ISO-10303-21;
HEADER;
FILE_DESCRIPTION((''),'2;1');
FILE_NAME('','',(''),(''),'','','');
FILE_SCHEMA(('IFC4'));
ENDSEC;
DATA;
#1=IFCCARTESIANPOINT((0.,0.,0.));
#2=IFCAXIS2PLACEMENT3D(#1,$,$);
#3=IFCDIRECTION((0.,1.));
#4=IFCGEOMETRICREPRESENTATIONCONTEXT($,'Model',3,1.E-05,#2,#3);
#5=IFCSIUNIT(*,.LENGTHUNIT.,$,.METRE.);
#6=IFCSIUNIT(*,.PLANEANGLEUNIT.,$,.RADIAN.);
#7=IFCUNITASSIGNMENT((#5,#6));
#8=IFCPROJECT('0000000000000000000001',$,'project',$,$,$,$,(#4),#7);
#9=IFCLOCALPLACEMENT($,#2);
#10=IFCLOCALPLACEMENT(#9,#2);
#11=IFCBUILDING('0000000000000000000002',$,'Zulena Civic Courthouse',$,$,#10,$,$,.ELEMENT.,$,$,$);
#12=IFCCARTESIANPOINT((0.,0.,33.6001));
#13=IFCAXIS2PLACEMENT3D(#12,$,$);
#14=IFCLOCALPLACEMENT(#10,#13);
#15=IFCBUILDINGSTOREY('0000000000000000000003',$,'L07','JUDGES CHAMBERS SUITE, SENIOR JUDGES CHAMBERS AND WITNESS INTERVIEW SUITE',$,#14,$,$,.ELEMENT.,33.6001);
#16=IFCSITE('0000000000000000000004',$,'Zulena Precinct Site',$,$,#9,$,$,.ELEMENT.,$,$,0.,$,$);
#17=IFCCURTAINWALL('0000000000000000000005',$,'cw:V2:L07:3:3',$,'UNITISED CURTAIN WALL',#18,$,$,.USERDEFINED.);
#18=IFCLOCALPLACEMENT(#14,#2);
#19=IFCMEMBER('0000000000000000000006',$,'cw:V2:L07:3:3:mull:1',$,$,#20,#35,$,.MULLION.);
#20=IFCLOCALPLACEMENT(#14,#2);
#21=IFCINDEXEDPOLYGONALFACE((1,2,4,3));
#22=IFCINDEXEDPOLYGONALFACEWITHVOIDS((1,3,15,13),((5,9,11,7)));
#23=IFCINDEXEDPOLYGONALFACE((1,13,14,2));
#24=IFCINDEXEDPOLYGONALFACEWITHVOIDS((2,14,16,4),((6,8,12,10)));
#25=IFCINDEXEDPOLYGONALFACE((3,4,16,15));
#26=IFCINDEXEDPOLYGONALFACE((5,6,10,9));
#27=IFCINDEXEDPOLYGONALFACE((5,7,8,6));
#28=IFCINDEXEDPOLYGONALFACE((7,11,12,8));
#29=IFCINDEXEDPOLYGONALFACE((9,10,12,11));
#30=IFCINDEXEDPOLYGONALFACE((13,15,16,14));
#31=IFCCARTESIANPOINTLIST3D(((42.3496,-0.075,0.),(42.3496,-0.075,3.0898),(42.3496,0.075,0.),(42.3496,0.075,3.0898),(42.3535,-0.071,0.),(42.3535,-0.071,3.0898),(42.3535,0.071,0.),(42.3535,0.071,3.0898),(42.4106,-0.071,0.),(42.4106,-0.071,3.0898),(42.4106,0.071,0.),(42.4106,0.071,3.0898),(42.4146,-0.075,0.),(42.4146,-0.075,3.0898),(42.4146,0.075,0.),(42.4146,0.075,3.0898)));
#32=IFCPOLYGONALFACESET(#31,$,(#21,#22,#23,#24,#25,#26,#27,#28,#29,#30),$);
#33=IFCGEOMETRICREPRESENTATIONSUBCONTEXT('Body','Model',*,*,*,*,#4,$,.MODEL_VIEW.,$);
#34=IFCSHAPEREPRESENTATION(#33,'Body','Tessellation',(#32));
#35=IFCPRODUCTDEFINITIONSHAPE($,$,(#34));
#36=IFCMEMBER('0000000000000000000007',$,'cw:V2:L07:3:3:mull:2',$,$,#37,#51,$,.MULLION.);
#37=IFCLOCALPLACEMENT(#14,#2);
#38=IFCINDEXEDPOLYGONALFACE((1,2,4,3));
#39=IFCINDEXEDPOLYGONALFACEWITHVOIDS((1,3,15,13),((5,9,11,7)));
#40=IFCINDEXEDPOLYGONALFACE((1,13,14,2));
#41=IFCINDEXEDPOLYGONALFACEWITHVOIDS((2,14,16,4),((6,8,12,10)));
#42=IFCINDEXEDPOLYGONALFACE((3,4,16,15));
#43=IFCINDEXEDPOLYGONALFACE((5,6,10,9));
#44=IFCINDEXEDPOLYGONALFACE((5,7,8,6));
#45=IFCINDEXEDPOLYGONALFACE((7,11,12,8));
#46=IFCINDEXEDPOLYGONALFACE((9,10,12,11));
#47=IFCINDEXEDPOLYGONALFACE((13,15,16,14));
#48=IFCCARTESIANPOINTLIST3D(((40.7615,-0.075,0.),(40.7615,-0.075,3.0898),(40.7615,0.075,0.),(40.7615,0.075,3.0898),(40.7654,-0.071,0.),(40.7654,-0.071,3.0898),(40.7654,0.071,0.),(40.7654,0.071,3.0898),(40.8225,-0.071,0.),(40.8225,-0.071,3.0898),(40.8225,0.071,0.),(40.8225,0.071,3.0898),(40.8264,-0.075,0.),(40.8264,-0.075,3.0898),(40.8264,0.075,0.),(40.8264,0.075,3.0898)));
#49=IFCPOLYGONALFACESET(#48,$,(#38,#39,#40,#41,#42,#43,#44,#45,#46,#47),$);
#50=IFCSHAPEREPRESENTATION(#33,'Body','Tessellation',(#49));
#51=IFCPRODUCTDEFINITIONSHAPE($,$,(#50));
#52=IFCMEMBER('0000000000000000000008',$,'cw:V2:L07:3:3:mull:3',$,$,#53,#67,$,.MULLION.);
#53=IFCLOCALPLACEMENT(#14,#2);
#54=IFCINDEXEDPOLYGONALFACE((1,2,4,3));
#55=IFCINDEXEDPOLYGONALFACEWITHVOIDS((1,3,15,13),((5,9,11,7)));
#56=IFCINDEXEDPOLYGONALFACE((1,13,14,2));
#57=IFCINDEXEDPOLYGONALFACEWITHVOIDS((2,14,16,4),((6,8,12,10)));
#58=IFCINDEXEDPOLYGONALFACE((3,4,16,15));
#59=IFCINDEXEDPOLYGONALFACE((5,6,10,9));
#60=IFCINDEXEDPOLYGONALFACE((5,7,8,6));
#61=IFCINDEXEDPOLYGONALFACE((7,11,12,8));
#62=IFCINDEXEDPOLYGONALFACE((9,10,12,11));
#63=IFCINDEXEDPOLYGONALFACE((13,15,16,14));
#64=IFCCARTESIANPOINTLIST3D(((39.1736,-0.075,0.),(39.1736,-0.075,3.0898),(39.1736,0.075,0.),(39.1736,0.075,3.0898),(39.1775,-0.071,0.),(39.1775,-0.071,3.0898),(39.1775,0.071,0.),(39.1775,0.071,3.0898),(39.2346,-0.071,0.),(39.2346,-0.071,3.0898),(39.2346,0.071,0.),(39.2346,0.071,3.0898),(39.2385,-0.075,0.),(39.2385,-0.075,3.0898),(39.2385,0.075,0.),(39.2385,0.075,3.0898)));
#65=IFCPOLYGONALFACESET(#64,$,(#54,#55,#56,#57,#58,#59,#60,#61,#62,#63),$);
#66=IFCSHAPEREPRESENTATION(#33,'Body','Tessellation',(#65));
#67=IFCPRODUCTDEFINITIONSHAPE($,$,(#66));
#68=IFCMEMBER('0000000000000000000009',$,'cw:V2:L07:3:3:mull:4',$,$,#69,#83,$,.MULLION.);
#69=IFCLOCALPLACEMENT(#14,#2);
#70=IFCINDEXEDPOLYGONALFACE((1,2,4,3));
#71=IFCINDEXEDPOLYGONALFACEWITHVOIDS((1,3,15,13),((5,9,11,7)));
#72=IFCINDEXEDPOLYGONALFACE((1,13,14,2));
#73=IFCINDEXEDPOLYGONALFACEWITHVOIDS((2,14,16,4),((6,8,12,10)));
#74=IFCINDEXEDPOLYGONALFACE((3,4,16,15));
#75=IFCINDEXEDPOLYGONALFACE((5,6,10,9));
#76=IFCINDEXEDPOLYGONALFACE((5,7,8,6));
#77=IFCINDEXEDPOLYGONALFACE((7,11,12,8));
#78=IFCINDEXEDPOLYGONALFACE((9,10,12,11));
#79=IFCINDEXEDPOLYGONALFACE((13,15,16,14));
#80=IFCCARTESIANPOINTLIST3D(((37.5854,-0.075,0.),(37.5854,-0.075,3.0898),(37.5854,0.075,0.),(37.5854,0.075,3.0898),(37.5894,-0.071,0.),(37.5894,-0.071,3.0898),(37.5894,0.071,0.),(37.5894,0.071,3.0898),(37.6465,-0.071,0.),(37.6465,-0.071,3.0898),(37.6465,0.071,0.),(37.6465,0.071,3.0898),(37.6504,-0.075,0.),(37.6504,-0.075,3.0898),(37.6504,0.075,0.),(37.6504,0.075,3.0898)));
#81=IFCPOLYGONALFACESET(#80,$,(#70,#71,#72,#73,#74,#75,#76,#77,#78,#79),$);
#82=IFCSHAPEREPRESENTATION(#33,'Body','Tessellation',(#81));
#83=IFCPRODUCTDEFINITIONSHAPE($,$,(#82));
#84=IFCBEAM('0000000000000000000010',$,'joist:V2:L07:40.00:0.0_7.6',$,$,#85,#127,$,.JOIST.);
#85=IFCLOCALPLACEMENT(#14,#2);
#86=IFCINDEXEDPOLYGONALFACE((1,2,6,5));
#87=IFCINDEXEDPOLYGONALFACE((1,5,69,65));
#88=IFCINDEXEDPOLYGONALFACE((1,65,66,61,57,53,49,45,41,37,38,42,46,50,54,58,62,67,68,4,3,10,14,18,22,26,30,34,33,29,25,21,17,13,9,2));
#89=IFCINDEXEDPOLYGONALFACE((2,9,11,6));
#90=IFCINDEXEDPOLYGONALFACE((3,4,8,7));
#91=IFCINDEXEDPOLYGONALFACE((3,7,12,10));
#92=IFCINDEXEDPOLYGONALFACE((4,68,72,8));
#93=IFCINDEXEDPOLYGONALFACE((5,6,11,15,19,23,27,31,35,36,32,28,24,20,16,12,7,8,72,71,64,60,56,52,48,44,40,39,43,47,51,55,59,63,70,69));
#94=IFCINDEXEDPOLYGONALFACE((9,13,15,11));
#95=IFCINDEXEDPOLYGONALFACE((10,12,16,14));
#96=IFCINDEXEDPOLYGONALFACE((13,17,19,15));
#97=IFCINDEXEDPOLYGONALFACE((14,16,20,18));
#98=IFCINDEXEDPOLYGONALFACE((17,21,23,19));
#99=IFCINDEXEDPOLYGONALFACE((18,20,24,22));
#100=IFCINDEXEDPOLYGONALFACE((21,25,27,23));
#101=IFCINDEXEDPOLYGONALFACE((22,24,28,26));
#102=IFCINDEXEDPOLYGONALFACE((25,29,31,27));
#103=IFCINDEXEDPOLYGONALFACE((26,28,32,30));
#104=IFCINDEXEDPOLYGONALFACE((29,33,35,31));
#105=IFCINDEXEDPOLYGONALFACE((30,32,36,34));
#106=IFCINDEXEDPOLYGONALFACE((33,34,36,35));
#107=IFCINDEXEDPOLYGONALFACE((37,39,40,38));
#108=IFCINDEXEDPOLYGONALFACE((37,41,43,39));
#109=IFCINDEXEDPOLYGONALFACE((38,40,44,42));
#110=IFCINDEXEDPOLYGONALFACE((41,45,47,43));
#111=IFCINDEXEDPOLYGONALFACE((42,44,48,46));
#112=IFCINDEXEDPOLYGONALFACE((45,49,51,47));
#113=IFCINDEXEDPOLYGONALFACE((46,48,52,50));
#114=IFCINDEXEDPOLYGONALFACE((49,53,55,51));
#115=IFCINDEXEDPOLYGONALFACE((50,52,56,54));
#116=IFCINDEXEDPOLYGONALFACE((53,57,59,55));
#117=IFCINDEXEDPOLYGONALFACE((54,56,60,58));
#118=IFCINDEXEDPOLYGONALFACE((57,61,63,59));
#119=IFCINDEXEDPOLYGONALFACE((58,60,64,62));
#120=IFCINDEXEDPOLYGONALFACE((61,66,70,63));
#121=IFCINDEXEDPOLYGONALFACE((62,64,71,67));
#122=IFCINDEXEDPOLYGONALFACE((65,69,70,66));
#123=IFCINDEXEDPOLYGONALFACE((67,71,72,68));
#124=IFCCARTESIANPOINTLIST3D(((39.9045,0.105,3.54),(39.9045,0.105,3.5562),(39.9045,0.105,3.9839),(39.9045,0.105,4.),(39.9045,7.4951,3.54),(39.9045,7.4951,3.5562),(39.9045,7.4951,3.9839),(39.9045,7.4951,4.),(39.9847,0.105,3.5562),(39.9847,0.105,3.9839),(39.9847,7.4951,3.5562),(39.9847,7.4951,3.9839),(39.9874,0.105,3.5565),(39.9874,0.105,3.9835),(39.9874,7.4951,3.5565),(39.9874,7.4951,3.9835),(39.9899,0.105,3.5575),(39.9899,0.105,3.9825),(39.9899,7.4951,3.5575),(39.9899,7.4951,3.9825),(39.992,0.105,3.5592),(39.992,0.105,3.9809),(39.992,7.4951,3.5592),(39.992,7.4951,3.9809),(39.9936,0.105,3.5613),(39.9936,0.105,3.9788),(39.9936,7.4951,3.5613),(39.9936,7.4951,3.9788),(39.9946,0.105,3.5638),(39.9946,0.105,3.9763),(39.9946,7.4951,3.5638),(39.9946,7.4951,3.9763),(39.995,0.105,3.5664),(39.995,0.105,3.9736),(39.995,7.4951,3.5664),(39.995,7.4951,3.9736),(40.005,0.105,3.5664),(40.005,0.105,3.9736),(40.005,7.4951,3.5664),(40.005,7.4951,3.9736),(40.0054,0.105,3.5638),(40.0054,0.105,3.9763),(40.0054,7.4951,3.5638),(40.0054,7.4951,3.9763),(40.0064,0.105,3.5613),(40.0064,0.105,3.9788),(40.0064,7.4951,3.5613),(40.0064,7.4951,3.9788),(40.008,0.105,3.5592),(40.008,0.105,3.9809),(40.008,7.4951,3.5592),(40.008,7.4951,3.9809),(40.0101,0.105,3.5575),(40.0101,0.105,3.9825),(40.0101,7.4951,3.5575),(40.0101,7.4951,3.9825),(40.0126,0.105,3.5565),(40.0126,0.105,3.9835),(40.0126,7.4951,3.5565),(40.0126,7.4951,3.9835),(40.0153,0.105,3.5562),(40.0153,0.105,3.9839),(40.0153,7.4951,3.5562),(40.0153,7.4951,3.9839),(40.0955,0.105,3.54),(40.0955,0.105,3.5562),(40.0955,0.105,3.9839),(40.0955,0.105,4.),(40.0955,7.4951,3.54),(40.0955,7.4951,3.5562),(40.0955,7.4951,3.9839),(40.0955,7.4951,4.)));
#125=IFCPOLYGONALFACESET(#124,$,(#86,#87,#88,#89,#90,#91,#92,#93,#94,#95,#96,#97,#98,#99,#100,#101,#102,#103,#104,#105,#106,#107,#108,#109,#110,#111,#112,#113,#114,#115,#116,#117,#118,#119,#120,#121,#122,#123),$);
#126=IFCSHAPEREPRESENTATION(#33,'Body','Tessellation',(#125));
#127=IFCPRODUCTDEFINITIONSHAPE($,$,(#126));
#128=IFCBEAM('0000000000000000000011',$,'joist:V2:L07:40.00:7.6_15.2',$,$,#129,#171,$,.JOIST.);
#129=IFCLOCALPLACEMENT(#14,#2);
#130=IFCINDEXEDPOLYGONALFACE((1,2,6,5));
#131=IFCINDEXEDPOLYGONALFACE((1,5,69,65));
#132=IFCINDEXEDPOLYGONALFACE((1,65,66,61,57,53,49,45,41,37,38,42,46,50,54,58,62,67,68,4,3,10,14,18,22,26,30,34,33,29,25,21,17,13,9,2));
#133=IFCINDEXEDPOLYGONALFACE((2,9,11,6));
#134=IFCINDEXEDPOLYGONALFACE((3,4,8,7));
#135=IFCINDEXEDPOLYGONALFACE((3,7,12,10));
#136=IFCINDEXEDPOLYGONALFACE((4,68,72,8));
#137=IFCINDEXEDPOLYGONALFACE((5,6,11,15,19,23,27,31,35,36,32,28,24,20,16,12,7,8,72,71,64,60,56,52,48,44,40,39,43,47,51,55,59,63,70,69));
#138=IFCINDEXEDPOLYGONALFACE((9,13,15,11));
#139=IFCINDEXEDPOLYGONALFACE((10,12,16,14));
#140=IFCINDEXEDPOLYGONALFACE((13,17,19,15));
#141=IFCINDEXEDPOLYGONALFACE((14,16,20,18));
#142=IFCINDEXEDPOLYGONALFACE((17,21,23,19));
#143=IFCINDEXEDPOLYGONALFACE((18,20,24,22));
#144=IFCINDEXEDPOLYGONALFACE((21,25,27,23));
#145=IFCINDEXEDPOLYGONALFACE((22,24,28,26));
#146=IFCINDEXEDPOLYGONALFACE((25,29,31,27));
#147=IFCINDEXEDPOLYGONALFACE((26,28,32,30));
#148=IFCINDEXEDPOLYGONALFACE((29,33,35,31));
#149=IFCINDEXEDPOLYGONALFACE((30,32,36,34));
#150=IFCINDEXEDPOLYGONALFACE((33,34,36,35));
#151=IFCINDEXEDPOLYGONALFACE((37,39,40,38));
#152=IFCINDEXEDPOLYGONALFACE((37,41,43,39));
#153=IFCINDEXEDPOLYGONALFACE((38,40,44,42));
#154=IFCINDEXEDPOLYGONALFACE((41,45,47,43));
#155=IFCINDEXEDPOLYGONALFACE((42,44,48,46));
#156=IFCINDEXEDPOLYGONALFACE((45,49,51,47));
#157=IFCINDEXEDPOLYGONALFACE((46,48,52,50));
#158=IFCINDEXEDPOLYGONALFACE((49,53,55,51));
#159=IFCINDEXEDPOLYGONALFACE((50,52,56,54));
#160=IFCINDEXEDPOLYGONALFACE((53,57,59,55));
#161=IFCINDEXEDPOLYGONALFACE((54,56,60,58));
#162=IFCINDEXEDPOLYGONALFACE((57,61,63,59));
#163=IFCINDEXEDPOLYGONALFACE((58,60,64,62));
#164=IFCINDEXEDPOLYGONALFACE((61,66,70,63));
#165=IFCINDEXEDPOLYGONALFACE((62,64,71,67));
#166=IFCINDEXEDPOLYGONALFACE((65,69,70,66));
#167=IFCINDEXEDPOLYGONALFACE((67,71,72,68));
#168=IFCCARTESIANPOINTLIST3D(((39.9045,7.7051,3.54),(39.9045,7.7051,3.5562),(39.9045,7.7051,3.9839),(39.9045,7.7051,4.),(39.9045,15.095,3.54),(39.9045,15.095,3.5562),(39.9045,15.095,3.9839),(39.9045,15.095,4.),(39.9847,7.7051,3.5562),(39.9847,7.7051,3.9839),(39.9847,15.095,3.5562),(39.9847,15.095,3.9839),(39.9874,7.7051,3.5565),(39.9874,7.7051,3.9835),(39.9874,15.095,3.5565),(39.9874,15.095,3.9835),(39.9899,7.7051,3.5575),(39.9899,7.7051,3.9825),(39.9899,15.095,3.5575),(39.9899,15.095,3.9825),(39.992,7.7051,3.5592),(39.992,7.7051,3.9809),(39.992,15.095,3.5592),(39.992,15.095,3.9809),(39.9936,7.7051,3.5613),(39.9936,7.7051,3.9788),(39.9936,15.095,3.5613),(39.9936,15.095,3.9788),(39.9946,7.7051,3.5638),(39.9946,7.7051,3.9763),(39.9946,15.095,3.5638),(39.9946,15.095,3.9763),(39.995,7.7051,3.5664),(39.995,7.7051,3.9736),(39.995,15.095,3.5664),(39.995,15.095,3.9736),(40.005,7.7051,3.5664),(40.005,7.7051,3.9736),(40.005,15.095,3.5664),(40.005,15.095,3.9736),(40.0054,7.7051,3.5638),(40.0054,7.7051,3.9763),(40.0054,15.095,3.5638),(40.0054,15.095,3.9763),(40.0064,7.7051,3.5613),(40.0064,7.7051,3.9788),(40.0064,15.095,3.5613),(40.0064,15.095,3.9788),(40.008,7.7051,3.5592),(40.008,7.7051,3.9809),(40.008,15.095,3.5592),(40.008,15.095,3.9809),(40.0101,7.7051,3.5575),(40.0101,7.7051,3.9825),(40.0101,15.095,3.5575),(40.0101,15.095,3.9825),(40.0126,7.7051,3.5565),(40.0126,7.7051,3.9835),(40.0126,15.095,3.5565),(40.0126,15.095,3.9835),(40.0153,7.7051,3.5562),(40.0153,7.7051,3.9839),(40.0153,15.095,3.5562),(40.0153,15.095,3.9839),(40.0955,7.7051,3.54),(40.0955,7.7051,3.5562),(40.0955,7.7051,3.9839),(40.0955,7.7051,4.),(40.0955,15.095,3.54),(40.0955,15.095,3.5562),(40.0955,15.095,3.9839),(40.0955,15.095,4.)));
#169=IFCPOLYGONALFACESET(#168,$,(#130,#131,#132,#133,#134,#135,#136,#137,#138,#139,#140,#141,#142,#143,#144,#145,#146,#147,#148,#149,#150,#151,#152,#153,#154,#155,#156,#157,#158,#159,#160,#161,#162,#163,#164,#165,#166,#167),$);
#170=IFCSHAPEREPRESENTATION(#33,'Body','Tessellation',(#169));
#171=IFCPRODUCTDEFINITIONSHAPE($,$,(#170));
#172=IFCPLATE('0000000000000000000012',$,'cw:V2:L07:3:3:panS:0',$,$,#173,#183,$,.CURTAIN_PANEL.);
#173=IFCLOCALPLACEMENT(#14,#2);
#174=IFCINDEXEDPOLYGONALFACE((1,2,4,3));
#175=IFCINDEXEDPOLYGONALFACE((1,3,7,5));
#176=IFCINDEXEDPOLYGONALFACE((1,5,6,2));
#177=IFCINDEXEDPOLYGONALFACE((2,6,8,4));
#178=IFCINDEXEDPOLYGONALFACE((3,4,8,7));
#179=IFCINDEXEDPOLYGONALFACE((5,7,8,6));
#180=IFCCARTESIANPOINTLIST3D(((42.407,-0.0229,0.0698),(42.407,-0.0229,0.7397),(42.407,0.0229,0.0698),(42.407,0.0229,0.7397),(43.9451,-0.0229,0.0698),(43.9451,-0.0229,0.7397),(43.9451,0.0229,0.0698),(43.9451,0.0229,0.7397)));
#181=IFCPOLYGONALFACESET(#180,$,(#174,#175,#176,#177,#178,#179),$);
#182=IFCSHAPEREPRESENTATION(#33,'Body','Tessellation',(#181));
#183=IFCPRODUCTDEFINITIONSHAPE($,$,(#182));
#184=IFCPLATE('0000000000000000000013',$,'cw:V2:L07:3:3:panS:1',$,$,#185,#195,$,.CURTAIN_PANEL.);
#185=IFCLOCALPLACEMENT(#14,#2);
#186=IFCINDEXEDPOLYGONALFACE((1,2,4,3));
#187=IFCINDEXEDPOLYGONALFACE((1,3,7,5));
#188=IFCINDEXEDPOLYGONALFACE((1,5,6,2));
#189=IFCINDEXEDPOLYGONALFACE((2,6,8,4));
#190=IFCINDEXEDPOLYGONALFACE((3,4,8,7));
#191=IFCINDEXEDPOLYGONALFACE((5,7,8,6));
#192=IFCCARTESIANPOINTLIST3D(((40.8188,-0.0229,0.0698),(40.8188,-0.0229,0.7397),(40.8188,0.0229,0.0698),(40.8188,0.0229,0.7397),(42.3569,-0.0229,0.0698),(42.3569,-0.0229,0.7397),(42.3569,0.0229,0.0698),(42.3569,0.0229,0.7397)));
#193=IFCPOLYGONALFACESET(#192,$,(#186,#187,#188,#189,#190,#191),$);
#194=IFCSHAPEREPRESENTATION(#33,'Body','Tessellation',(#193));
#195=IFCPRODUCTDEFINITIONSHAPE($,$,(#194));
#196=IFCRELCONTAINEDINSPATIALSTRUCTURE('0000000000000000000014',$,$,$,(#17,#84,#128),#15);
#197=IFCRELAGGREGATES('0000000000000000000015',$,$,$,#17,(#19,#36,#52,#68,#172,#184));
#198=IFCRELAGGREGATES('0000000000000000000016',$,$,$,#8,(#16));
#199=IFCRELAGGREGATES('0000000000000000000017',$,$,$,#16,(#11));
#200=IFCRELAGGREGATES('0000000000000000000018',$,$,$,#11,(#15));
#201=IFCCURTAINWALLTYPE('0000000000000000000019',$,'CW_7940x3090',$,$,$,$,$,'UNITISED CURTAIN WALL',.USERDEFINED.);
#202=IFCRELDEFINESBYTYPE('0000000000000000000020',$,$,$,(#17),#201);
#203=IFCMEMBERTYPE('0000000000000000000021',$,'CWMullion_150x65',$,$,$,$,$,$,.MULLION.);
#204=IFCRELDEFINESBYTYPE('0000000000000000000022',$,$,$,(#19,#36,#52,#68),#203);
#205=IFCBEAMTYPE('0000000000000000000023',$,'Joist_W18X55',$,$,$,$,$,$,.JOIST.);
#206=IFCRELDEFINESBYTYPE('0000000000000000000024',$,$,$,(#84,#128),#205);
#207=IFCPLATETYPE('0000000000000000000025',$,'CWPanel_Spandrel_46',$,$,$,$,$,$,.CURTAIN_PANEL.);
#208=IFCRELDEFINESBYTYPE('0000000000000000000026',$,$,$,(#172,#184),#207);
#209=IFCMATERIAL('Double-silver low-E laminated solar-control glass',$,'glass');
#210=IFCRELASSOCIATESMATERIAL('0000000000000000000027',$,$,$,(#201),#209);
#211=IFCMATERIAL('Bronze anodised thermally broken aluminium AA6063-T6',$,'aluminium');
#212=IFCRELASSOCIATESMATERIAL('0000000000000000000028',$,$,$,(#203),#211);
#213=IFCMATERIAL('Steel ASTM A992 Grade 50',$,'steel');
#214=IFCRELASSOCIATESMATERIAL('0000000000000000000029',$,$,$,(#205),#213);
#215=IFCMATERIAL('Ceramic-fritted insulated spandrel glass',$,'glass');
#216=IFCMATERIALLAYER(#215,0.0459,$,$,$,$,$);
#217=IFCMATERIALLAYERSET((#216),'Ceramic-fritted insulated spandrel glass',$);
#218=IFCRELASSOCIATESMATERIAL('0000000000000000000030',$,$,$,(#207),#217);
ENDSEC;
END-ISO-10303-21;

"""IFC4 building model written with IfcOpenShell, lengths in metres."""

from ifc_helpers import new_model, si_unit, direction, frame, origin, origin_2d, place, context, subcontext, project, spatial, rectangle, hollow_rectangle, i_section, extrude, material, layer, layer_set, material_profile, profile_set, type_object, element, aggregate, save


model = new_model("IFC4")

# Units and contexts
model_context = context("Model", 3, precision=1e-05, world=origin(), true_north=direction((0.0, 1.0)))
body_context = subcontext(model_context, "Body", "Model", "MODEL_VIEW")
ifc_project = project(units=[si_unit("LENGTHUNIT", "METRE"), si_unit("PLANEANGLEUNIT", "RADIAN")], contexts=[model_context])

# Site, building, storey
site_placement = place(None, origin())
site = spatial("IfcSite", under=ifc_project, at=site_placement, Name="Zulena Precinct Site", CompositionType="ELEMENT", RefElevation=0.0)
building_placement = place(site_placement, origin())
building = spatial("IfcBuilding", under=site, at=building_placement, Name="Zulena Civic Courthouse", CompositionType="ELEMENT")
storey_placement = place(building_placement, frame((0.0, 0.0, 33.6001)))
storey = spatial("IfcBuildingStorey", under=building, at=storey_placement, Name="L07", Description="JUDGES CHAMBERS SUITE, SENIOR JUDGES CHAMBERS AND WITNESS INTERVIEW SUITE", CompositionType="ELEMENT", Elevation=33.6001)

# Curtain wall, members
ifc_material_1 = material(Name="Double-silver low-E laminated solar-control glass", Category="glass")
curtain_wall_type = type_object("IfcCurtainWallType", Name="CW_7940x3090", ElementType="UNITISED CURTAIN WALL", PredefinedType="USERDEFINED", material=ifc_material_1)
curtain_wall_placement = place(storey_placement, origin())
curtain_wall = element("IfcCurtainWall", 1, at=curtain_wall_placement, inside=storey, type_object=curtain_wall_type, Name="cw:V2:L07:3:3", ObjectType="UNITISED CURTAIN WALL", PredefinedType="USERDEFINED")
ifc_material_2 = material(Name="Bronze anodised thermally broken aluminium AA6063-T6", Category="aluminium")
ifc_material_profile_1 = material_profile(ifc_material_2, hollow_rectangle(XDim=0.0649, YDim=0.1499, WallThickness=0.0039, at=origin_2d()), Name="CWM150X65X4")
ifc_profile_set_1 = profile_set([ifc_material_profile_1], Name="Bronze anodised thermally broken aluminium AA6063-T6")
member_type = type_object("IfcMemberType", Name="CWMullion_150x65", PredefinedType="MULLION", material=ifc_profile_set_1)
member_1_placement = place(storey_placement, frame((42.3821, 0.0, 0.0), z_axis=(0.0, 0.0, 1.0), x_axis=(1.0, 0.0, 0.0)))
member_1 = element("IfcMember", 2, at=member_1_placement, type_object=member_type, Name="cw:V2:L07:3:3:mull:1", PredefinedType="MULLION", context=body_context, shape_type="SweptSolid", body=[
    extrude(hollow_rectangle(XDim=0.0649, YDim=0.1499, WallThickness=0.0039, at=origin_2d()), origin(), (0.0, 0.0, 1.0), 3.0898),
])
member_2_placement = place(storey_placement, frame((40.7939, 0.0, 0.0), z_axis=(0.0, 0.0, 1.0), x_axis=(1.0, 0.0, 0.0)))
member_2 = element("IfcMember", 3, at=member_2_placement, type_object=member_type, Name="cw:V2:L07:3:3:mull:2", PredefinedType="MULLION", context=body_context, shape_type="SweptSolid", body=[
    extrude(hollow_rectangle(XDim=0.0649, YDim=0.1499, WallThickness=0.0039, at=origin_2d()), origin(), (0.0, 0.0, 1.0), 3.0898),
])
member_3_placement = place(storey_placement, frame((39.2061, 0.0, 0.0), z_axis=(0.0, 0.0, 1.0), x_axis=(1.0, 0.0, 0.0)))
member_3 = element("IfcMember", 4, at=member_3_placement, type_object=member_type, Name="cw:V2:L07:3:3:mull:3", PredefinedType="MULLION", context=body_context, shape_type="SweptSolid", body=[
    extrude(hollow_rectangle(XDim=0.0649, YDim=0.1499, WallThickness=0.0039, at=origin_2d()), origin(), (0.0, 0.0, 1.0), 3.0898),
])
member_4_placement = place(storey_placement, frame((37.6179, 0.0, 0.0), z_axis=(0.0, 0.0, 1.0), x_axis=(1.0, 0.0, 0.0)))
member_4 = element("IfcMember", 5, at=member_4_placement, type_object=member_type, Name="cw:V2:L07:3:3:mull:4", PredefinedType="MULLION", context=body_context, shape_type="SweptSolid", body=[
    extrude(hollow_rectangle(XDim=0.0649, YDim=0.1499, WallThickness=0.0039, at=origin_2d()), origin(), (0.0, 0.0, 1.0), 3.0898),
])

# Beams
ifc_material_3 = material(Name="Steel ASTM A992 Grade 50", Category="steel")
ifc_material_profile_2 = material_profile(ifc_material_3, i_section(OverallWidth=0.1909, OverallDepth=0.46, WebThickness=0.01, FlangeThickness=0.0161, FilletRadius=0.0103, at=origin_2d()), Name="W18X55")
ifc_profile_set_2 = profile_set([ifc_material_profile_2], Name="Steel ASTM A992 Grade 50")
beam_type = type_object("IfcBeamType", Name="Joist_W18X55", PredefinedType="JOIST", material=ifc_profile_set_2)
beam_1_placement = place(storey_placement, frame((40.0, 0.105, 3.77), z_axis=(0.0, 1.0, 0.0), x_axis=(-1.0, 0.0, 0.0)))
element("IfcBeam", 6, at=beam_1_placement, inside=storey, type_object=beam_type, Name="joist:V2:L07:40.00:0.0_7.6", PredefinedType="JOIST", context=body_context, shape_type="SweptSolid", body=[
    extrude(i_section(OverallWidth=0.1909, OverallDepth=0.46, WebThickness=0.01, FlangeThickness=0.0161, FilletRadius=0.0103, at=origin_2d()), origin(), (0.0, 0.0, 1.0), 7.3901),
])
beam_2_placement = place(storey_placement, frame((40.0, 7.7051, 3.77), z_axis=(0.0, 1.0, 0.0), x_axis=(-1.0, 0.0, 0.0)))
element("IfcBeam", 7, at=beam_2_placement, inside=storey, type_object=beam_type, Name="joist:V2:L07:40.00:7.6_15.2", PredefinedType="JOIST", context=body_context, shape_type="SweptSolid", body=[
    extrude(i_section(OverallWidth=0.1909, OverallDepth=0.46, WebThickness=0.01, FlangeThickness=0.0161, FilletRadius=0.0103, at=origin_2d()), origin(), (0.0, 0.0, 1.0), 7.3899),
])

# Plates
ifc_material_4 = material(Name="Ceramic-fritted insulated spandrel glass", Category="glass")
ifc_layer_1 = layer(ifc_material_4, 0.0459)
ifc_layer_set_1 = layer_set([ifc_layer_1], Name="Ceramic-fritted insulated spandrel glass")
plate_type_1 = type_object("IfcPlateType", Name="CWPanel_Spandrel_46", PredefinedType="CURTAIN_PANEL", material=ifc_layer_set_1)
plate_1_placement = place(storey_placement, frame((43.176, 0.0, 0.0698), z_axis=(0.0, 0.0, 1.0), x_axis=(-1.0, 0.0, 0.0)))
plate_1 = element("IfcPlate", 8, at=plate_1_placement, type_object=plate_type_1, Name="cw:V2:L07:3:3:panS:0", PredefinedType="CURTAIN_PANEL", context=body_context, shape_type="SweptSolid", body=[
    extrude(rectangle(XDim=1.5381, YDim=0.0459, at=origin_2d()), origin(), (0.0, 0.0, 1.0), 0.6699),
])
plate_2_placement = place(storey_placement, frame((41.5879, 0.0, 0.0698), z_axis=(0.0, 0.0, 1.0), x_axis=(-1.0, 0.0, 0.0)))
plate_2 = element("IfcPlate", 9, at=plate_2_placement, type_object=plate_type_1, Name="cw:V2:L07:3:3:panS:1", PredefinedType="CURTAIN_PANEL", context=body_context, shape_type="SweptSolid", body=[
    extrude(rectangle(XDim=1.5381, YDim=0.0459, at=origin_2d()), origin(), (0.0, 0.0, 1.0), 0.6699),
])
aggregate(curtain_wall, [member_1, member_2, member_3, member_4, plate_1, plate_2])

save(model, "model.ifc")
